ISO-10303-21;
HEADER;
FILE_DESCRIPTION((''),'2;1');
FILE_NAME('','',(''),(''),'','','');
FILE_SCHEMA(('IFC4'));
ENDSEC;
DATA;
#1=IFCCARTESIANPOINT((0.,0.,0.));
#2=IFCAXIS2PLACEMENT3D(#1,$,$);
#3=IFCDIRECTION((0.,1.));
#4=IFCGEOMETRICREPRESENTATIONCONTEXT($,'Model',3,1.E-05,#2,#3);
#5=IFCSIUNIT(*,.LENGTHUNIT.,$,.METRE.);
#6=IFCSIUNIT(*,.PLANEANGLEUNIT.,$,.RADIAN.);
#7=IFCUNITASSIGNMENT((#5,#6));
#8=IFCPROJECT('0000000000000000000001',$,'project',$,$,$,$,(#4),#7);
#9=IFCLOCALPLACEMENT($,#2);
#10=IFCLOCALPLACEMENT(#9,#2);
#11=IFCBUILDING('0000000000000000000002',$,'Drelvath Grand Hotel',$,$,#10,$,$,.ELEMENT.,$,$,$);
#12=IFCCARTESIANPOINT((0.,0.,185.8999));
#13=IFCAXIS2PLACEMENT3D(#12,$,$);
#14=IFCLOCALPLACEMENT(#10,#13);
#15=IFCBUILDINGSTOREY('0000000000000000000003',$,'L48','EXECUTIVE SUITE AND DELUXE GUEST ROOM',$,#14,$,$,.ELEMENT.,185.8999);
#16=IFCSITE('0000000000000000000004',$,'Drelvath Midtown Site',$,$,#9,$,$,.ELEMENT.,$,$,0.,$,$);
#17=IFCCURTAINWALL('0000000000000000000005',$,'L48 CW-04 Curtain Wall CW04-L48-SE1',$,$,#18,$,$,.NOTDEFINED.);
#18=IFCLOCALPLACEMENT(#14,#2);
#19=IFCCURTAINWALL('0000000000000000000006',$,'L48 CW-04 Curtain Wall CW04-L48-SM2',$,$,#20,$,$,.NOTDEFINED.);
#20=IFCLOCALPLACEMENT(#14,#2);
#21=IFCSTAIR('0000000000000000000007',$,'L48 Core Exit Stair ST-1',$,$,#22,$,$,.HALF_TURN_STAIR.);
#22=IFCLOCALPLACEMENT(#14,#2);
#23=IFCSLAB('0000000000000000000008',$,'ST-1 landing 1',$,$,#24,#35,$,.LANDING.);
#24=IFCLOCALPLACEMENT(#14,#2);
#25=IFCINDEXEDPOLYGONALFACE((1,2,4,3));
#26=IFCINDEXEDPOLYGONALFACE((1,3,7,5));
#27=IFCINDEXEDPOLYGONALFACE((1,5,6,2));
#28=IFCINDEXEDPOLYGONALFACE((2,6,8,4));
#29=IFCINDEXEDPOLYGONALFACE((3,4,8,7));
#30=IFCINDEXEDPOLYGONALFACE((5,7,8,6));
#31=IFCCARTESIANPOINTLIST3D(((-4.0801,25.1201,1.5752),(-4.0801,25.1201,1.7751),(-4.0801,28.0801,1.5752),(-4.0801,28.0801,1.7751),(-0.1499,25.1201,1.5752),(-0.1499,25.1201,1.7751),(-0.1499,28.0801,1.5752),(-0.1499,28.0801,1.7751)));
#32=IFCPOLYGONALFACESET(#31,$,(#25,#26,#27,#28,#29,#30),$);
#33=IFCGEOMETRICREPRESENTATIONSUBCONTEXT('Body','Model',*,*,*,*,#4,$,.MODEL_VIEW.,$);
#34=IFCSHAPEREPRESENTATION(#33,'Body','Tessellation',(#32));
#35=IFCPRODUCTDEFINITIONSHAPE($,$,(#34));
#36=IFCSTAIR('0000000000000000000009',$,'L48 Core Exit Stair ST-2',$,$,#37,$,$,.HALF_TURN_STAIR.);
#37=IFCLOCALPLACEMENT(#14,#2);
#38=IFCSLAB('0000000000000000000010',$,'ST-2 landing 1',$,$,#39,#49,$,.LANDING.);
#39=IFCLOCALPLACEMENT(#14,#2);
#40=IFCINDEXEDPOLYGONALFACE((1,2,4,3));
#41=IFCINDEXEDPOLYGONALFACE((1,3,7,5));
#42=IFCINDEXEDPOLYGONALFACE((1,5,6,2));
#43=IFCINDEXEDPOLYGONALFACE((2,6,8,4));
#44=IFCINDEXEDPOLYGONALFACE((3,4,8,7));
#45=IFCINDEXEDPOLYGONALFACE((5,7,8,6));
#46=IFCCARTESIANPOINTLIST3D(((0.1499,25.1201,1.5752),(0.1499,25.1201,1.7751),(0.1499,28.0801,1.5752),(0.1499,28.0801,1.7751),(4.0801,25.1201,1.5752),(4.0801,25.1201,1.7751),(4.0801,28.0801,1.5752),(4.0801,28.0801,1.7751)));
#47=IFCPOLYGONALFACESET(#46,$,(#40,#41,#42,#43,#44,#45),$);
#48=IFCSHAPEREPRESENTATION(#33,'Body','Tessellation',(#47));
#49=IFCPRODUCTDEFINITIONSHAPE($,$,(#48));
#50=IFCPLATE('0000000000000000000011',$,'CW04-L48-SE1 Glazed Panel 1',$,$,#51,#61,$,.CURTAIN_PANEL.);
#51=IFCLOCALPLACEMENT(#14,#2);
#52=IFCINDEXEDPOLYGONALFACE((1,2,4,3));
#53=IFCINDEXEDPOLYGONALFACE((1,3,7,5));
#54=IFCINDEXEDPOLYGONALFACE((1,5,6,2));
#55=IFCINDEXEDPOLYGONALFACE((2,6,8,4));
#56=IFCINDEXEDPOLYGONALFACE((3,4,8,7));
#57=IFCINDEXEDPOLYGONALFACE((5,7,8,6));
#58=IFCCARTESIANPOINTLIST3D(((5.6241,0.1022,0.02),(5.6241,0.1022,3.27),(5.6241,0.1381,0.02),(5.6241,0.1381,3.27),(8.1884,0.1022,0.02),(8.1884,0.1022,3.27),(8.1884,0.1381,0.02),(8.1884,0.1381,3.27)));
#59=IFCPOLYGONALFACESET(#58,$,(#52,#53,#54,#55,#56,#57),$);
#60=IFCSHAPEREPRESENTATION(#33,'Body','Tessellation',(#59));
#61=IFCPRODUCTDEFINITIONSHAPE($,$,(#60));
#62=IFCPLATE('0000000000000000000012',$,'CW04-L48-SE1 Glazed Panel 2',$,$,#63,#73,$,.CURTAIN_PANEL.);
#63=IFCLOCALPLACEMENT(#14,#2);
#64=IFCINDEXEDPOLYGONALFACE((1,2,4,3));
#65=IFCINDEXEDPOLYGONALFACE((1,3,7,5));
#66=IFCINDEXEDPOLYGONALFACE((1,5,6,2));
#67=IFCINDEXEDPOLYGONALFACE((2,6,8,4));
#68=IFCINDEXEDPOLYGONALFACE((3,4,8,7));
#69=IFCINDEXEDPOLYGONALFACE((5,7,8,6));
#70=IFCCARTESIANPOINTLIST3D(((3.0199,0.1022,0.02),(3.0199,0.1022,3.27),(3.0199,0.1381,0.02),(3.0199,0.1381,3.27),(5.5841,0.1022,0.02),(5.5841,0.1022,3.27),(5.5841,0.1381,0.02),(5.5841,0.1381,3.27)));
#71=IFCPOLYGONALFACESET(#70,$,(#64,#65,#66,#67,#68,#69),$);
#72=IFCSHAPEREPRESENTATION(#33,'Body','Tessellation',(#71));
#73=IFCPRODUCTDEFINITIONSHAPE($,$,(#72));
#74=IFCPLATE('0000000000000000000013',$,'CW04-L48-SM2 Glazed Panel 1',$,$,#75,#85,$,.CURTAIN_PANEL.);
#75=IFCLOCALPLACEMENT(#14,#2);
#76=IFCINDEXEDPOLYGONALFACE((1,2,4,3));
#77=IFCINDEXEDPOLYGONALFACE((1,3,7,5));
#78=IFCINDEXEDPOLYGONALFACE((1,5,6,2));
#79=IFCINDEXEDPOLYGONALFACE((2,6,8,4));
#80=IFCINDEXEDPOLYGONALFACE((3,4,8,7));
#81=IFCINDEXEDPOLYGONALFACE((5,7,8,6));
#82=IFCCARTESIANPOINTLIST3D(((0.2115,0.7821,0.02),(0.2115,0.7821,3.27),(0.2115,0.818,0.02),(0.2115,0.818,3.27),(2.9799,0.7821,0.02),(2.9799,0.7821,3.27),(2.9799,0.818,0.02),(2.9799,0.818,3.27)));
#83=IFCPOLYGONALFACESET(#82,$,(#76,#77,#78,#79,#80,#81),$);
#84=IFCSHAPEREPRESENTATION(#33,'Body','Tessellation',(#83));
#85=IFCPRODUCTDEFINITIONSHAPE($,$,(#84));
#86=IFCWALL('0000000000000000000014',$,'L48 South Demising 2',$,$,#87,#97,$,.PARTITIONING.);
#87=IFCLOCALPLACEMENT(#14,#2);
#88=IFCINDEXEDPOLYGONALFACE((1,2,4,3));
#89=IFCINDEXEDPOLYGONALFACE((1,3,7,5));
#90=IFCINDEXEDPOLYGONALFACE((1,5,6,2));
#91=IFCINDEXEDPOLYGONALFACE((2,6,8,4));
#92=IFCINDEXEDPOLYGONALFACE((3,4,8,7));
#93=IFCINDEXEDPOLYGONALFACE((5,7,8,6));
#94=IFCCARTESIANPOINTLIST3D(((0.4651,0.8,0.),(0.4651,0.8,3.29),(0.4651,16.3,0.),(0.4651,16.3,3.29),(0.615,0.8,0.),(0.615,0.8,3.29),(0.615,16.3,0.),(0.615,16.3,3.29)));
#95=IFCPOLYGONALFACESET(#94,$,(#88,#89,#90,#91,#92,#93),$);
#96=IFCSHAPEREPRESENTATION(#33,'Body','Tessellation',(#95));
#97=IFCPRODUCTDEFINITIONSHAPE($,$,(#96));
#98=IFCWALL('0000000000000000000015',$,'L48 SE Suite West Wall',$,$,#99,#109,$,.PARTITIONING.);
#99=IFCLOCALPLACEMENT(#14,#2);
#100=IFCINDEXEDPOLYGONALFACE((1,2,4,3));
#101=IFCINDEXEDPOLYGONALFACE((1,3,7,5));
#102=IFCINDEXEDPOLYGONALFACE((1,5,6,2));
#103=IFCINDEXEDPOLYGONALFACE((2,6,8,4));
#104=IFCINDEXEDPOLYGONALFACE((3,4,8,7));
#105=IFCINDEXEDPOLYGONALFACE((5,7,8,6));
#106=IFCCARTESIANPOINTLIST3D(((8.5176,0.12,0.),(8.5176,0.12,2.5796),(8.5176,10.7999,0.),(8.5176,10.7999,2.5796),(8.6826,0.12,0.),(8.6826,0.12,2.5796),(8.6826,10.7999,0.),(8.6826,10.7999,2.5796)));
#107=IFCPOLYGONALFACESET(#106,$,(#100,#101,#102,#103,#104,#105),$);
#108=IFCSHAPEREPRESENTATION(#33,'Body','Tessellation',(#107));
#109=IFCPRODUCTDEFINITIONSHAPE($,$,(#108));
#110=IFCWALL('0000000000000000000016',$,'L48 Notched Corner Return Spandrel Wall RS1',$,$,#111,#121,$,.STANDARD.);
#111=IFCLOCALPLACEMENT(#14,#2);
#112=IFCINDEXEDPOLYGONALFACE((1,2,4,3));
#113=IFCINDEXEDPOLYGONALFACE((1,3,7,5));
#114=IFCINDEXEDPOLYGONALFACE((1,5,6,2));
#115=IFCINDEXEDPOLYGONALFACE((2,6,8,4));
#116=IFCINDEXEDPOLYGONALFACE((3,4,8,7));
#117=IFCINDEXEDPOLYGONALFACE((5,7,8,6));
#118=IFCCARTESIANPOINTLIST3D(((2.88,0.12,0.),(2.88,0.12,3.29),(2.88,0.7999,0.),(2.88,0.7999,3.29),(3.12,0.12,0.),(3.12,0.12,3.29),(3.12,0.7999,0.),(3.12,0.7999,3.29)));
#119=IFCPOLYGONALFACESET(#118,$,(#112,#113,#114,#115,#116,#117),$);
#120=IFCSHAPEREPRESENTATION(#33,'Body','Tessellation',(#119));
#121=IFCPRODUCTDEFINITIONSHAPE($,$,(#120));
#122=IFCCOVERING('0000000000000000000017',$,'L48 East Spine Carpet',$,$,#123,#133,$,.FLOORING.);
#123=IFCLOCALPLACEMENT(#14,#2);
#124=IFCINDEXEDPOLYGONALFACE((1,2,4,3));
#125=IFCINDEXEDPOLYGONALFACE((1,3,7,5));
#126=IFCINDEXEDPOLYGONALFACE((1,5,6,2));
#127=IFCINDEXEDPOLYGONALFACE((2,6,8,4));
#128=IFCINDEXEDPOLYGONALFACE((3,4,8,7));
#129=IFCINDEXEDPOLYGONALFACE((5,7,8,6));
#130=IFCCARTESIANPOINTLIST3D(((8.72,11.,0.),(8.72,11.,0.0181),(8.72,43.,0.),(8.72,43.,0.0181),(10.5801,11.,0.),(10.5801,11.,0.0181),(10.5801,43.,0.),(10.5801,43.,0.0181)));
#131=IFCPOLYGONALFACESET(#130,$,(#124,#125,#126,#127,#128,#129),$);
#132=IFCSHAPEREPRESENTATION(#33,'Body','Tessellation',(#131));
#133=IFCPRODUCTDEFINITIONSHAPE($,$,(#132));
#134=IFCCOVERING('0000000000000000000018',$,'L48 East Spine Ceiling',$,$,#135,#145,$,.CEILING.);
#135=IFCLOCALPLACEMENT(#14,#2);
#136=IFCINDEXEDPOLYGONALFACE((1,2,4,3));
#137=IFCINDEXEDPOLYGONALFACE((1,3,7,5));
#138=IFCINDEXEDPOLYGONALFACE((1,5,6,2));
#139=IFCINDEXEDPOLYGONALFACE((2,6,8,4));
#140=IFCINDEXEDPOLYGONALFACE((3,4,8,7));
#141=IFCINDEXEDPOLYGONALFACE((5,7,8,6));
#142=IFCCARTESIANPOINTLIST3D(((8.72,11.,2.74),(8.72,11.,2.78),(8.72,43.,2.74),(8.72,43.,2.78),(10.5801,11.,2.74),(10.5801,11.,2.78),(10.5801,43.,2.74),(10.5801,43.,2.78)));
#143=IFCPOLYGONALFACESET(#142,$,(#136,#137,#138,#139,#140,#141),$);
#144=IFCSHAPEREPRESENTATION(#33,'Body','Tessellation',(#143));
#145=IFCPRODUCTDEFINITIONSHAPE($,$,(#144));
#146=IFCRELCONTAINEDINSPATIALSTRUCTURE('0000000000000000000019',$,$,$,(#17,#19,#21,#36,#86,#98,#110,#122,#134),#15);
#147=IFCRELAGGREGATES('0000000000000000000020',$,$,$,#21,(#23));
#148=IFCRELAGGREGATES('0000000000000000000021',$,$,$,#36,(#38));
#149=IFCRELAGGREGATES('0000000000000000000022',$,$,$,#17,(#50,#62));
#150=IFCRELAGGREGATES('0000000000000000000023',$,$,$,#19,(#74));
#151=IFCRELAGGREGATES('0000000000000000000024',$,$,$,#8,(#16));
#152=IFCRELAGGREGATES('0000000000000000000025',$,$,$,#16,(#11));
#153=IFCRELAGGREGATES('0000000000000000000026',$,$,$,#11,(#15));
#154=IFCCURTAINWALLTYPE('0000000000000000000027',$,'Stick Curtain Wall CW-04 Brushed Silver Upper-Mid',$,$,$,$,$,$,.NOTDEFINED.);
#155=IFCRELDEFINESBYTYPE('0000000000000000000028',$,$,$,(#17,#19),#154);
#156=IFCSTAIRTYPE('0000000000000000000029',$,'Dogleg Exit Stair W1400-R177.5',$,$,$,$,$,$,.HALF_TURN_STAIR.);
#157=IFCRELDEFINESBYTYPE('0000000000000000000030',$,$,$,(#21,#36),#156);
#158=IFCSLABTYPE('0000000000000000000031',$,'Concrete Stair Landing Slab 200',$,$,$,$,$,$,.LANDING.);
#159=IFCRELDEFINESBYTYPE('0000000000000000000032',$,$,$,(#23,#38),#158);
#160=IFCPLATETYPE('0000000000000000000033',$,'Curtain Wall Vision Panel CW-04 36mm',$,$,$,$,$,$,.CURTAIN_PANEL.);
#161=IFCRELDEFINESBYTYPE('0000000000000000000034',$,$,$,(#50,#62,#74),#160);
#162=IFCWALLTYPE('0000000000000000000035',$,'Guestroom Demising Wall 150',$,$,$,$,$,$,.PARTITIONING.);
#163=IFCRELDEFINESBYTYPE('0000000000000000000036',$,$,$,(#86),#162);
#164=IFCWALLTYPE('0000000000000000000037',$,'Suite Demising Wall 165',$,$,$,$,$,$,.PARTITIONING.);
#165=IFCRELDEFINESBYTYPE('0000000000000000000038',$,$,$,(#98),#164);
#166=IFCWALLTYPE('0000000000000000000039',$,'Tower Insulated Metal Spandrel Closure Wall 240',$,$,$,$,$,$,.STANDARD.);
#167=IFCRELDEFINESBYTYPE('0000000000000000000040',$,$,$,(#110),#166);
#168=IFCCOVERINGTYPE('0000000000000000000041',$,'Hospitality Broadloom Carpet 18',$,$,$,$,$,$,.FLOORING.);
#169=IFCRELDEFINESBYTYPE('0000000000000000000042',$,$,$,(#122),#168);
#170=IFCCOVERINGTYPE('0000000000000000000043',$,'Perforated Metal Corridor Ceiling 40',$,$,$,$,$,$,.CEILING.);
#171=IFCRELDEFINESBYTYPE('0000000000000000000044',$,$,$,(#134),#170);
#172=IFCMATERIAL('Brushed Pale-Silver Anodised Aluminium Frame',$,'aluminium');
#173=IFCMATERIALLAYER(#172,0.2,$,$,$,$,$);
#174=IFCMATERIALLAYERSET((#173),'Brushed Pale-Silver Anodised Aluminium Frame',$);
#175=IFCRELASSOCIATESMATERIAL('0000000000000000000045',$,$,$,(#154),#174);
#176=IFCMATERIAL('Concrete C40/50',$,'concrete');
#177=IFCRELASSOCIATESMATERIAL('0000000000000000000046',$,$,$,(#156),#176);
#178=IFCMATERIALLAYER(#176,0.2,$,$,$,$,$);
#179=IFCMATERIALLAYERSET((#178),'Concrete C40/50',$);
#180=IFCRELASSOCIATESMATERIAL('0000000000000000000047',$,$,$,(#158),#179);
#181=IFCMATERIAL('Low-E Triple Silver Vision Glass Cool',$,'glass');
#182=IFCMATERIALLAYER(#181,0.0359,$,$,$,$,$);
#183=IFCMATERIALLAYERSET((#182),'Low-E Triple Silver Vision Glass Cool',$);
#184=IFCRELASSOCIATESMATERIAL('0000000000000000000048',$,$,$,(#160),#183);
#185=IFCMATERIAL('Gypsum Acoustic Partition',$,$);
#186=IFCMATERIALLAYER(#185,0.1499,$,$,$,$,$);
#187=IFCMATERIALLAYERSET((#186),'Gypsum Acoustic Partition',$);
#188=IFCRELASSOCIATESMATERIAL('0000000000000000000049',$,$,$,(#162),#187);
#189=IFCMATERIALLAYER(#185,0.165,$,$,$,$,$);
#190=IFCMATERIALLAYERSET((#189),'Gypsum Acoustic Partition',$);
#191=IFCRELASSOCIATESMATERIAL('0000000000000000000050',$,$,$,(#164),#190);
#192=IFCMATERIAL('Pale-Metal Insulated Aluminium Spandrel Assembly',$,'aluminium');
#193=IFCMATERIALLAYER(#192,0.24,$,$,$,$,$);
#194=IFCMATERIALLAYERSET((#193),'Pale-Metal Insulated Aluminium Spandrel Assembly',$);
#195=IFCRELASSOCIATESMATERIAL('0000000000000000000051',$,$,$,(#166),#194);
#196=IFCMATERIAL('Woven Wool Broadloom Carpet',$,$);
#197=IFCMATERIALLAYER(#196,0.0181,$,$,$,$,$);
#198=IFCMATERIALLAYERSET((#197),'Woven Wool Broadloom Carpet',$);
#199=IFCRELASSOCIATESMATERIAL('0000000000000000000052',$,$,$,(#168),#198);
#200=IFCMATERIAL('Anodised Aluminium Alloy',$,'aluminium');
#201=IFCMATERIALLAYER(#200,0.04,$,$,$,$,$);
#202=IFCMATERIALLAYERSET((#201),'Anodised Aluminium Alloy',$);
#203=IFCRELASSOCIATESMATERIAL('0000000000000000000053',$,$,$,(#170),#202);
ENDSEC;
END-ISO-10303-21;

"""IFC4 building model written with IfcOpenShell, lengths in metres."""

from ifc_helpers import new_model, si_unit, direction, frame, frame_2d, origin, origin_2d, place, context, subcontext, project, spatial, polyline, rectangle, outline, extrude, material, layer, layer_set, type_object, element, aggregate, save


model = new_model("IFC4")

# Units and contexts
model_context = context("Model", 3, precision=1e-05, world=origin(), true_north=direction((0.0, 1.0)))
body_context = subcontext(model_context, "Body", "Model", "MODEL_VIEW")
ifc_project = project(units=[si_unit("LENGTHUNIT", "METRE"), si_unit("PLANEANGLEUNIT", "RADIAN")], contexts=[model_context])

# Site, building, storey
site_placement = place(None, origin())
site = spatial("IfcSite", under=ifc_project, at=site_placement, Name="Drelvath Midtown Site", CompositionType="ELEMENT", RefElevation=0.0)
building_placement = place(site_placement, origin())
building = spatial("IfcBuilding", under=site, at=building_placement, Name="Drelvath Grand Hotel", CompositionType="ELEMENT")
storey_placement = place(building_placement, frame((0.0, 0.0, 185.8999)))
storey = spatial("IfcBuildingStorey", under=building, at=storey_placement, Name="L48", Description="EXECUTIVE SUITE AND DELUXE GUEST ROOM", CompositionType="ELEMENT", Elevation=185.8999)

# Curtain walls
ifc_material_1 = material(Name="Brushed Pale-Silver Anodised Aluminium Frame", Category="aluminium")
ifc_layer_1 = layer(ifc_material_1, 0.2)
ifc_layer_set_1 = layer_set([ifc_layer_1], Name="Brushed Pale-Silver Anodised Aluminium Frame")
curtain_wall_type = type_object("IfcCurtainWallType", Name="Stick Curtain Wall CW-04 Brushed Silver Upper-Mid", PredefinedType="NOTDEFINED", material=ifc_layer_set_1)
curtain_wall_1_placement = place(storey_placement, origin())
curtain_wall_1 = element("IfcCurtainWall", 1, at=curtain_wall_1_placement, inside=storey, type_object=curtain_wall_type, Name="L48 CW-04 Curtain Wall CW04-L48-SE1", PredefinedType="NOTDEFINED")
curtain_wall_2_placement = place(storey_placement, origin())
curtain_wall_2 = element("IfcCurtainWall", 2, at=curtain_wall_2_placement, inside=storey, type_object=curtain_wall_type, Name="L48 CW-04 Curtain Wall CW04-L48-SM2", PredefinedType="NOTDEFINED")

# Stairs, slabs
ifc_material_2 = material(Name="Concrete C40/50", Category="concrete")
stair_type = type_object("IfcStairType", Name="Dogleg Exit Stair W1400-R177.5", PredefinedType="HALF_TURN_STAIR", material=ifc_material_2)
stair_1_placement = place(storey_placement, origin())
stair_1 = element("IfcStair", 3, at=stair_1_placement, inside=storey, type_object=stair_type, Name="L48 Core Exit Stair ST-1", PredefinedType="HALF_TURN_STAIR")
ifc_layer_2 = layer(ifc_material_2, 0.2)
ifc_layer_set_2 = layer_set([ifc_layer_2], Name="Concrete C40/50")
slab_type = type_object("IfcSlabType", Name="Concrete Stair Landing Slab 200", PredefinedType="LANDING", material=ifc_layer_set_2)
slab_1_placement = place(storey_placement, frame((0.0, 0.0, 1.5752)))
slab_1 = element("IfcSlab", 4, at=slab_1_placement, type_object=slab_type, Name="ST-1 landing 1", PredefinedType="LANDING", context=body_context, shape_type="SweptSolid", body=[
    extrude(outline(polyline([(-4.0801, 25.1201), (-0.1499, 25.1201), (-0.1499, 28.0801), (-4.0801, 28.0801), (-4.0801, 25.1201)])), origin(), (0.0, 0.0, 1.0), 0.2),
])
aggregate(stair_1, [slab_1])
stair_2_placement = place(storey_placement, origin())
stair_2 = element("IfcStair", 5, at=stair_2_placement, inside=storey, type_object=stair_type, Name="L48 Core Exit Stair ST-2", PredefinedType="HALF_TURN_STAIR")
slab_2_placement = place(storey_placement, frame((0.0, 0.0, 1.5752)))
slab_2 = element("IfcSlab", 6, at=slab_2_placement, type_object=slab_type, Name="ST-2 landing 1", PredefinedType="LANDING", context=body_context, shape_type="SweptSolid", body=[
    extrude(outline(polyline([(4.0801, 28.0801), (0.1499, 28.0801), (0.1499, 25.1201), (4.0801, 25.1201), (4.0801, 28.0801)])), origin(), (0.0, 0.0, 1.0), 0.2),
])
aggregate(stair_2, [slab_2])

# Plates
ifc_material_3 = material(Name="Low-E Triple Silver Vision Glass Cool", Category="glass")
ifc_layer_3 = layer(ifc_material_3, 0.0359)
ifc_layer_set_3 = layer_set([ifc_layer_3], Name="Low-E Triple Silver Vision Glass Cool")
plate_type = type_object("IfcPlateType", Name="Curtain Wall Vision Panel CW-04 36mm", PredefinedType="CURTAIN_PANEL", material=ifc_layer_set_3)
plate_1_placement = place(storey_placement, frame((6.9062, 0.1201, 0.02), z_axis=(0.0, 0.0, 1.0), x_axis=(-1.0, 0.0, 0.0)))
plate_1 = element("IfcPlate", 7, at=plate_1_placement, type_object=plate_type, Name="CW04-L48-SE1 Glazed Panel 1", PredefinedType="CURTAIN_PANEL", context=body_context, shape_type="SweptSolid", body=[
    extrude(rectangle(XDim=2.5642, YDim=0.0359, at=origin_2d()), origin(), (0.0, 0.0, 1.0), 3.25),
])
plate_2_placement = place(storey_placement, frame((4.302, 0.1201, 0.02), z_axis=(0.0, 0.0, 1.0), x_axis=(-1.0, 0.0, 0.0)))
plate_2 = element("IfcPlate", 8, at=plate_2_placement, type_object=plate_type, Name="CW04-L48-SE1 Glazed Panel 2", PredefinedType="CURTAIN_PANEL", context=body_context, shape_type="SweptSolid", body=[
    extrude(rectangle(XDim=2.5642, YDim=0.0359, at=origin_2d()), origin(), (0.0, 0.0, 1.0), 3.25),
])
aggregate(curtain_wall_1, [plate_1, plate_2])
plate_3_placement = place(storey_placement, frame((1.5957, 0.8, 0.02), z_axis=(0.0, 0.0, 1.0), x_axis=(-1.0, 0.0, 0.0)))
plate_3 = element("IfcPlate", 9, at=plate_3_placement, type_object=plate_type, Name="CW04-L48-SM2 Glazed Panel 1", PredefinedType="CURTAIN_PANEL", context=body_context, shape_type="SweptSolid", body=[
    extrude(rectangle(XDim=2.7683, YDim=0.0359, at=origin_2d()), origin(), (0.0, 0.0, 1.0), 3.25),
])
aggregate(curtain_wall_2, [plate_3])

# Walls
ifc_material_4 = material(Name="Gypsum Acoustic Partition")
ifc_layer_4 = layer(ifc_material_4, 0.1499)
ifc_layer_set_4 = layer_set([ifc_layer_4], Name="Gypsum Acoustic Partition")
wall_type_1 = type_object("IfcWallType", Name="Guestroom Demising Wall 150", PredefinedType="PARTITIONING", material=ifc_layer_set_4)
wall_1_placement = place(storey_placement, frame((0.54, 0.8, 0.0), z_axis=(0.0, 0.0, 1.0), x_axis=(0.0, 1.0, 0.0)))
element("IfcWall", 10, at=wall_1_placement, inside=storey, type_object=wall_type_1, Name="L48 South Demising 2", PredefinedType="PARTITIONING", context=body_context, shape_type="SweptSolid", body=[
    extrude(rectangle(XDim=15.5, YDim=0.1499, at=frame_2d((7.75, 0.0))), origin(), (0.0, 0.0, 1.0), 3.29),
])
ifc_layer_5 = layer(ifc_material_4, 0.165)
ifc_layer_set_5 = layer_set([ifc_layer_5], Name="Gypsum Acoustic Partition")
wall_type_2 = type_object("IfcWallType", Name="Suite Demising Wall 165", PredefinedType="PARTITIONING", material=ifc_layer_set_5)
wall_2_placement = place(storey_placement, frame((8.6001, 0.1201, 0.0), z_axis=(0.0, 0.0, 1.0), x_axis=(0.0, 1.0, 0.0)))
element("IfcWall", 11, at=wall_2_placement, inside=storey, type_object=wall_type_2, Name="L48 SE Suite West Wall", PredefinedType="PARTITIONING", context=body_context, shape_type="SweptSolid", body=[
    extrude(rectangle(XDim=10.6799, YDim=0.165, at=frame_2d((5.3398, 0.0))), origin(), (0.0, 0.0, 1.0), 2.5796),
])
ifc_material_5 = material(Name="Pale-Metal Insulated Aluminium Spandrel Assembly", Category="aluminium")
ifc_layer_6 = layer(ifc_material_5, 0.24)
ifc_layer_set_6 = layer_set([ifc_layer_6], Name="Pale-Metal Insulated Aluminium Spandrel Assembly")
wall_type_3 = type_object("IfcWallType", Name="Tower Insulated Metal Spandrel Closure Wall 240", PredefinedType="STANDARD", material=ifc_layer_set_6)
wall_3_placement = place(storey_placement, frame((3.0, 0.1201, 0.0), z_axis=(0.0, 0.0, 1.0), x_axis=(0.0, 1.0, 0.0)))
element("IfcWall", 12, at=wall_3_placement, inside=storey, type_object=wall_type_3, Name="L48 Notched Corner Return Spandrel Wall RS1", PredefinedType="STANDARD", context=body_context, shape_type="SweptSolid", body=[
    extrude(rectangle(XDim=0.6799, YDim=0.24, at=frame_2d((0.3398, 0.0))), origin(), (0.0, 0.0, 1.0), 3.29),
])

# Coverings
ifc_material_6 = material(Name="Woven Wool Broadloom Carpet")
ifc_layer_7 = layer(ifc_material_6, 0.0181)
ifc_layer_set_7 = layer_set([ifc_layer_7], Name="Woven Wool Broadloom Carpet")
covering_type_1 = type_object("IfcCoveringType", Name="Hospitality Broadloom Carpet 18", PredefinedType="FLOORING", material=ifc_layer_set_7)
covering_1_placement = place(storey_placement, origin())
element("IfcCovering", 13, at=covering_1_placement, inside=storey, type_object=covering_type_1, Name="L48 East Spine Carpet", PredefinedType="FLOORING", context=body_context, shape_type="SweptSolid", body=[
    extrude(outline(polyline([(10.5801, 11.0), (10.5801, 43.0), (8.72, 43.0), (8.72, 11.0), (10.5801, 11.0)])), origin(), (0.0, 0.0, 1.0), 0.0181),
])
ifc_material_7 = material(Name="Anodised Aluminium Alloy", Category="aluminium")
ifc_layer_8 = layer(ifc_material_7, 0.04)
ifc_layer_set_8 = layer_set([ifc_layer_8], Name="Anodised Aluminium Alloy")
covering_type_2 = type_object("IfcCoveringType", Name="Perforated Metal Corridor Ceiling 40", PredefinedType="CEILING", material=ifc_layer_set_8)
covering_2_placement = place(storey_placement, frame((0.0, 0.0, 2.74)))
element("IfcCovering", 14, at=covering_2_placement, inside=storey, type_object=covering_type_2, Name="L48 East Spine Ceiling", PredefinedType="CEILING", context=body_context, shape_type="SweptSolid", body=[
    extrude(outline(polyline([(10.5801, 11.0), (10.5801, 43.0), (8.72, 43.0), (8.72, 11.0), (10.5801, 11.0)])), origin(), (0.0, 0.0, 1.0), 0.04),
])

save(model, "model.ifc")
